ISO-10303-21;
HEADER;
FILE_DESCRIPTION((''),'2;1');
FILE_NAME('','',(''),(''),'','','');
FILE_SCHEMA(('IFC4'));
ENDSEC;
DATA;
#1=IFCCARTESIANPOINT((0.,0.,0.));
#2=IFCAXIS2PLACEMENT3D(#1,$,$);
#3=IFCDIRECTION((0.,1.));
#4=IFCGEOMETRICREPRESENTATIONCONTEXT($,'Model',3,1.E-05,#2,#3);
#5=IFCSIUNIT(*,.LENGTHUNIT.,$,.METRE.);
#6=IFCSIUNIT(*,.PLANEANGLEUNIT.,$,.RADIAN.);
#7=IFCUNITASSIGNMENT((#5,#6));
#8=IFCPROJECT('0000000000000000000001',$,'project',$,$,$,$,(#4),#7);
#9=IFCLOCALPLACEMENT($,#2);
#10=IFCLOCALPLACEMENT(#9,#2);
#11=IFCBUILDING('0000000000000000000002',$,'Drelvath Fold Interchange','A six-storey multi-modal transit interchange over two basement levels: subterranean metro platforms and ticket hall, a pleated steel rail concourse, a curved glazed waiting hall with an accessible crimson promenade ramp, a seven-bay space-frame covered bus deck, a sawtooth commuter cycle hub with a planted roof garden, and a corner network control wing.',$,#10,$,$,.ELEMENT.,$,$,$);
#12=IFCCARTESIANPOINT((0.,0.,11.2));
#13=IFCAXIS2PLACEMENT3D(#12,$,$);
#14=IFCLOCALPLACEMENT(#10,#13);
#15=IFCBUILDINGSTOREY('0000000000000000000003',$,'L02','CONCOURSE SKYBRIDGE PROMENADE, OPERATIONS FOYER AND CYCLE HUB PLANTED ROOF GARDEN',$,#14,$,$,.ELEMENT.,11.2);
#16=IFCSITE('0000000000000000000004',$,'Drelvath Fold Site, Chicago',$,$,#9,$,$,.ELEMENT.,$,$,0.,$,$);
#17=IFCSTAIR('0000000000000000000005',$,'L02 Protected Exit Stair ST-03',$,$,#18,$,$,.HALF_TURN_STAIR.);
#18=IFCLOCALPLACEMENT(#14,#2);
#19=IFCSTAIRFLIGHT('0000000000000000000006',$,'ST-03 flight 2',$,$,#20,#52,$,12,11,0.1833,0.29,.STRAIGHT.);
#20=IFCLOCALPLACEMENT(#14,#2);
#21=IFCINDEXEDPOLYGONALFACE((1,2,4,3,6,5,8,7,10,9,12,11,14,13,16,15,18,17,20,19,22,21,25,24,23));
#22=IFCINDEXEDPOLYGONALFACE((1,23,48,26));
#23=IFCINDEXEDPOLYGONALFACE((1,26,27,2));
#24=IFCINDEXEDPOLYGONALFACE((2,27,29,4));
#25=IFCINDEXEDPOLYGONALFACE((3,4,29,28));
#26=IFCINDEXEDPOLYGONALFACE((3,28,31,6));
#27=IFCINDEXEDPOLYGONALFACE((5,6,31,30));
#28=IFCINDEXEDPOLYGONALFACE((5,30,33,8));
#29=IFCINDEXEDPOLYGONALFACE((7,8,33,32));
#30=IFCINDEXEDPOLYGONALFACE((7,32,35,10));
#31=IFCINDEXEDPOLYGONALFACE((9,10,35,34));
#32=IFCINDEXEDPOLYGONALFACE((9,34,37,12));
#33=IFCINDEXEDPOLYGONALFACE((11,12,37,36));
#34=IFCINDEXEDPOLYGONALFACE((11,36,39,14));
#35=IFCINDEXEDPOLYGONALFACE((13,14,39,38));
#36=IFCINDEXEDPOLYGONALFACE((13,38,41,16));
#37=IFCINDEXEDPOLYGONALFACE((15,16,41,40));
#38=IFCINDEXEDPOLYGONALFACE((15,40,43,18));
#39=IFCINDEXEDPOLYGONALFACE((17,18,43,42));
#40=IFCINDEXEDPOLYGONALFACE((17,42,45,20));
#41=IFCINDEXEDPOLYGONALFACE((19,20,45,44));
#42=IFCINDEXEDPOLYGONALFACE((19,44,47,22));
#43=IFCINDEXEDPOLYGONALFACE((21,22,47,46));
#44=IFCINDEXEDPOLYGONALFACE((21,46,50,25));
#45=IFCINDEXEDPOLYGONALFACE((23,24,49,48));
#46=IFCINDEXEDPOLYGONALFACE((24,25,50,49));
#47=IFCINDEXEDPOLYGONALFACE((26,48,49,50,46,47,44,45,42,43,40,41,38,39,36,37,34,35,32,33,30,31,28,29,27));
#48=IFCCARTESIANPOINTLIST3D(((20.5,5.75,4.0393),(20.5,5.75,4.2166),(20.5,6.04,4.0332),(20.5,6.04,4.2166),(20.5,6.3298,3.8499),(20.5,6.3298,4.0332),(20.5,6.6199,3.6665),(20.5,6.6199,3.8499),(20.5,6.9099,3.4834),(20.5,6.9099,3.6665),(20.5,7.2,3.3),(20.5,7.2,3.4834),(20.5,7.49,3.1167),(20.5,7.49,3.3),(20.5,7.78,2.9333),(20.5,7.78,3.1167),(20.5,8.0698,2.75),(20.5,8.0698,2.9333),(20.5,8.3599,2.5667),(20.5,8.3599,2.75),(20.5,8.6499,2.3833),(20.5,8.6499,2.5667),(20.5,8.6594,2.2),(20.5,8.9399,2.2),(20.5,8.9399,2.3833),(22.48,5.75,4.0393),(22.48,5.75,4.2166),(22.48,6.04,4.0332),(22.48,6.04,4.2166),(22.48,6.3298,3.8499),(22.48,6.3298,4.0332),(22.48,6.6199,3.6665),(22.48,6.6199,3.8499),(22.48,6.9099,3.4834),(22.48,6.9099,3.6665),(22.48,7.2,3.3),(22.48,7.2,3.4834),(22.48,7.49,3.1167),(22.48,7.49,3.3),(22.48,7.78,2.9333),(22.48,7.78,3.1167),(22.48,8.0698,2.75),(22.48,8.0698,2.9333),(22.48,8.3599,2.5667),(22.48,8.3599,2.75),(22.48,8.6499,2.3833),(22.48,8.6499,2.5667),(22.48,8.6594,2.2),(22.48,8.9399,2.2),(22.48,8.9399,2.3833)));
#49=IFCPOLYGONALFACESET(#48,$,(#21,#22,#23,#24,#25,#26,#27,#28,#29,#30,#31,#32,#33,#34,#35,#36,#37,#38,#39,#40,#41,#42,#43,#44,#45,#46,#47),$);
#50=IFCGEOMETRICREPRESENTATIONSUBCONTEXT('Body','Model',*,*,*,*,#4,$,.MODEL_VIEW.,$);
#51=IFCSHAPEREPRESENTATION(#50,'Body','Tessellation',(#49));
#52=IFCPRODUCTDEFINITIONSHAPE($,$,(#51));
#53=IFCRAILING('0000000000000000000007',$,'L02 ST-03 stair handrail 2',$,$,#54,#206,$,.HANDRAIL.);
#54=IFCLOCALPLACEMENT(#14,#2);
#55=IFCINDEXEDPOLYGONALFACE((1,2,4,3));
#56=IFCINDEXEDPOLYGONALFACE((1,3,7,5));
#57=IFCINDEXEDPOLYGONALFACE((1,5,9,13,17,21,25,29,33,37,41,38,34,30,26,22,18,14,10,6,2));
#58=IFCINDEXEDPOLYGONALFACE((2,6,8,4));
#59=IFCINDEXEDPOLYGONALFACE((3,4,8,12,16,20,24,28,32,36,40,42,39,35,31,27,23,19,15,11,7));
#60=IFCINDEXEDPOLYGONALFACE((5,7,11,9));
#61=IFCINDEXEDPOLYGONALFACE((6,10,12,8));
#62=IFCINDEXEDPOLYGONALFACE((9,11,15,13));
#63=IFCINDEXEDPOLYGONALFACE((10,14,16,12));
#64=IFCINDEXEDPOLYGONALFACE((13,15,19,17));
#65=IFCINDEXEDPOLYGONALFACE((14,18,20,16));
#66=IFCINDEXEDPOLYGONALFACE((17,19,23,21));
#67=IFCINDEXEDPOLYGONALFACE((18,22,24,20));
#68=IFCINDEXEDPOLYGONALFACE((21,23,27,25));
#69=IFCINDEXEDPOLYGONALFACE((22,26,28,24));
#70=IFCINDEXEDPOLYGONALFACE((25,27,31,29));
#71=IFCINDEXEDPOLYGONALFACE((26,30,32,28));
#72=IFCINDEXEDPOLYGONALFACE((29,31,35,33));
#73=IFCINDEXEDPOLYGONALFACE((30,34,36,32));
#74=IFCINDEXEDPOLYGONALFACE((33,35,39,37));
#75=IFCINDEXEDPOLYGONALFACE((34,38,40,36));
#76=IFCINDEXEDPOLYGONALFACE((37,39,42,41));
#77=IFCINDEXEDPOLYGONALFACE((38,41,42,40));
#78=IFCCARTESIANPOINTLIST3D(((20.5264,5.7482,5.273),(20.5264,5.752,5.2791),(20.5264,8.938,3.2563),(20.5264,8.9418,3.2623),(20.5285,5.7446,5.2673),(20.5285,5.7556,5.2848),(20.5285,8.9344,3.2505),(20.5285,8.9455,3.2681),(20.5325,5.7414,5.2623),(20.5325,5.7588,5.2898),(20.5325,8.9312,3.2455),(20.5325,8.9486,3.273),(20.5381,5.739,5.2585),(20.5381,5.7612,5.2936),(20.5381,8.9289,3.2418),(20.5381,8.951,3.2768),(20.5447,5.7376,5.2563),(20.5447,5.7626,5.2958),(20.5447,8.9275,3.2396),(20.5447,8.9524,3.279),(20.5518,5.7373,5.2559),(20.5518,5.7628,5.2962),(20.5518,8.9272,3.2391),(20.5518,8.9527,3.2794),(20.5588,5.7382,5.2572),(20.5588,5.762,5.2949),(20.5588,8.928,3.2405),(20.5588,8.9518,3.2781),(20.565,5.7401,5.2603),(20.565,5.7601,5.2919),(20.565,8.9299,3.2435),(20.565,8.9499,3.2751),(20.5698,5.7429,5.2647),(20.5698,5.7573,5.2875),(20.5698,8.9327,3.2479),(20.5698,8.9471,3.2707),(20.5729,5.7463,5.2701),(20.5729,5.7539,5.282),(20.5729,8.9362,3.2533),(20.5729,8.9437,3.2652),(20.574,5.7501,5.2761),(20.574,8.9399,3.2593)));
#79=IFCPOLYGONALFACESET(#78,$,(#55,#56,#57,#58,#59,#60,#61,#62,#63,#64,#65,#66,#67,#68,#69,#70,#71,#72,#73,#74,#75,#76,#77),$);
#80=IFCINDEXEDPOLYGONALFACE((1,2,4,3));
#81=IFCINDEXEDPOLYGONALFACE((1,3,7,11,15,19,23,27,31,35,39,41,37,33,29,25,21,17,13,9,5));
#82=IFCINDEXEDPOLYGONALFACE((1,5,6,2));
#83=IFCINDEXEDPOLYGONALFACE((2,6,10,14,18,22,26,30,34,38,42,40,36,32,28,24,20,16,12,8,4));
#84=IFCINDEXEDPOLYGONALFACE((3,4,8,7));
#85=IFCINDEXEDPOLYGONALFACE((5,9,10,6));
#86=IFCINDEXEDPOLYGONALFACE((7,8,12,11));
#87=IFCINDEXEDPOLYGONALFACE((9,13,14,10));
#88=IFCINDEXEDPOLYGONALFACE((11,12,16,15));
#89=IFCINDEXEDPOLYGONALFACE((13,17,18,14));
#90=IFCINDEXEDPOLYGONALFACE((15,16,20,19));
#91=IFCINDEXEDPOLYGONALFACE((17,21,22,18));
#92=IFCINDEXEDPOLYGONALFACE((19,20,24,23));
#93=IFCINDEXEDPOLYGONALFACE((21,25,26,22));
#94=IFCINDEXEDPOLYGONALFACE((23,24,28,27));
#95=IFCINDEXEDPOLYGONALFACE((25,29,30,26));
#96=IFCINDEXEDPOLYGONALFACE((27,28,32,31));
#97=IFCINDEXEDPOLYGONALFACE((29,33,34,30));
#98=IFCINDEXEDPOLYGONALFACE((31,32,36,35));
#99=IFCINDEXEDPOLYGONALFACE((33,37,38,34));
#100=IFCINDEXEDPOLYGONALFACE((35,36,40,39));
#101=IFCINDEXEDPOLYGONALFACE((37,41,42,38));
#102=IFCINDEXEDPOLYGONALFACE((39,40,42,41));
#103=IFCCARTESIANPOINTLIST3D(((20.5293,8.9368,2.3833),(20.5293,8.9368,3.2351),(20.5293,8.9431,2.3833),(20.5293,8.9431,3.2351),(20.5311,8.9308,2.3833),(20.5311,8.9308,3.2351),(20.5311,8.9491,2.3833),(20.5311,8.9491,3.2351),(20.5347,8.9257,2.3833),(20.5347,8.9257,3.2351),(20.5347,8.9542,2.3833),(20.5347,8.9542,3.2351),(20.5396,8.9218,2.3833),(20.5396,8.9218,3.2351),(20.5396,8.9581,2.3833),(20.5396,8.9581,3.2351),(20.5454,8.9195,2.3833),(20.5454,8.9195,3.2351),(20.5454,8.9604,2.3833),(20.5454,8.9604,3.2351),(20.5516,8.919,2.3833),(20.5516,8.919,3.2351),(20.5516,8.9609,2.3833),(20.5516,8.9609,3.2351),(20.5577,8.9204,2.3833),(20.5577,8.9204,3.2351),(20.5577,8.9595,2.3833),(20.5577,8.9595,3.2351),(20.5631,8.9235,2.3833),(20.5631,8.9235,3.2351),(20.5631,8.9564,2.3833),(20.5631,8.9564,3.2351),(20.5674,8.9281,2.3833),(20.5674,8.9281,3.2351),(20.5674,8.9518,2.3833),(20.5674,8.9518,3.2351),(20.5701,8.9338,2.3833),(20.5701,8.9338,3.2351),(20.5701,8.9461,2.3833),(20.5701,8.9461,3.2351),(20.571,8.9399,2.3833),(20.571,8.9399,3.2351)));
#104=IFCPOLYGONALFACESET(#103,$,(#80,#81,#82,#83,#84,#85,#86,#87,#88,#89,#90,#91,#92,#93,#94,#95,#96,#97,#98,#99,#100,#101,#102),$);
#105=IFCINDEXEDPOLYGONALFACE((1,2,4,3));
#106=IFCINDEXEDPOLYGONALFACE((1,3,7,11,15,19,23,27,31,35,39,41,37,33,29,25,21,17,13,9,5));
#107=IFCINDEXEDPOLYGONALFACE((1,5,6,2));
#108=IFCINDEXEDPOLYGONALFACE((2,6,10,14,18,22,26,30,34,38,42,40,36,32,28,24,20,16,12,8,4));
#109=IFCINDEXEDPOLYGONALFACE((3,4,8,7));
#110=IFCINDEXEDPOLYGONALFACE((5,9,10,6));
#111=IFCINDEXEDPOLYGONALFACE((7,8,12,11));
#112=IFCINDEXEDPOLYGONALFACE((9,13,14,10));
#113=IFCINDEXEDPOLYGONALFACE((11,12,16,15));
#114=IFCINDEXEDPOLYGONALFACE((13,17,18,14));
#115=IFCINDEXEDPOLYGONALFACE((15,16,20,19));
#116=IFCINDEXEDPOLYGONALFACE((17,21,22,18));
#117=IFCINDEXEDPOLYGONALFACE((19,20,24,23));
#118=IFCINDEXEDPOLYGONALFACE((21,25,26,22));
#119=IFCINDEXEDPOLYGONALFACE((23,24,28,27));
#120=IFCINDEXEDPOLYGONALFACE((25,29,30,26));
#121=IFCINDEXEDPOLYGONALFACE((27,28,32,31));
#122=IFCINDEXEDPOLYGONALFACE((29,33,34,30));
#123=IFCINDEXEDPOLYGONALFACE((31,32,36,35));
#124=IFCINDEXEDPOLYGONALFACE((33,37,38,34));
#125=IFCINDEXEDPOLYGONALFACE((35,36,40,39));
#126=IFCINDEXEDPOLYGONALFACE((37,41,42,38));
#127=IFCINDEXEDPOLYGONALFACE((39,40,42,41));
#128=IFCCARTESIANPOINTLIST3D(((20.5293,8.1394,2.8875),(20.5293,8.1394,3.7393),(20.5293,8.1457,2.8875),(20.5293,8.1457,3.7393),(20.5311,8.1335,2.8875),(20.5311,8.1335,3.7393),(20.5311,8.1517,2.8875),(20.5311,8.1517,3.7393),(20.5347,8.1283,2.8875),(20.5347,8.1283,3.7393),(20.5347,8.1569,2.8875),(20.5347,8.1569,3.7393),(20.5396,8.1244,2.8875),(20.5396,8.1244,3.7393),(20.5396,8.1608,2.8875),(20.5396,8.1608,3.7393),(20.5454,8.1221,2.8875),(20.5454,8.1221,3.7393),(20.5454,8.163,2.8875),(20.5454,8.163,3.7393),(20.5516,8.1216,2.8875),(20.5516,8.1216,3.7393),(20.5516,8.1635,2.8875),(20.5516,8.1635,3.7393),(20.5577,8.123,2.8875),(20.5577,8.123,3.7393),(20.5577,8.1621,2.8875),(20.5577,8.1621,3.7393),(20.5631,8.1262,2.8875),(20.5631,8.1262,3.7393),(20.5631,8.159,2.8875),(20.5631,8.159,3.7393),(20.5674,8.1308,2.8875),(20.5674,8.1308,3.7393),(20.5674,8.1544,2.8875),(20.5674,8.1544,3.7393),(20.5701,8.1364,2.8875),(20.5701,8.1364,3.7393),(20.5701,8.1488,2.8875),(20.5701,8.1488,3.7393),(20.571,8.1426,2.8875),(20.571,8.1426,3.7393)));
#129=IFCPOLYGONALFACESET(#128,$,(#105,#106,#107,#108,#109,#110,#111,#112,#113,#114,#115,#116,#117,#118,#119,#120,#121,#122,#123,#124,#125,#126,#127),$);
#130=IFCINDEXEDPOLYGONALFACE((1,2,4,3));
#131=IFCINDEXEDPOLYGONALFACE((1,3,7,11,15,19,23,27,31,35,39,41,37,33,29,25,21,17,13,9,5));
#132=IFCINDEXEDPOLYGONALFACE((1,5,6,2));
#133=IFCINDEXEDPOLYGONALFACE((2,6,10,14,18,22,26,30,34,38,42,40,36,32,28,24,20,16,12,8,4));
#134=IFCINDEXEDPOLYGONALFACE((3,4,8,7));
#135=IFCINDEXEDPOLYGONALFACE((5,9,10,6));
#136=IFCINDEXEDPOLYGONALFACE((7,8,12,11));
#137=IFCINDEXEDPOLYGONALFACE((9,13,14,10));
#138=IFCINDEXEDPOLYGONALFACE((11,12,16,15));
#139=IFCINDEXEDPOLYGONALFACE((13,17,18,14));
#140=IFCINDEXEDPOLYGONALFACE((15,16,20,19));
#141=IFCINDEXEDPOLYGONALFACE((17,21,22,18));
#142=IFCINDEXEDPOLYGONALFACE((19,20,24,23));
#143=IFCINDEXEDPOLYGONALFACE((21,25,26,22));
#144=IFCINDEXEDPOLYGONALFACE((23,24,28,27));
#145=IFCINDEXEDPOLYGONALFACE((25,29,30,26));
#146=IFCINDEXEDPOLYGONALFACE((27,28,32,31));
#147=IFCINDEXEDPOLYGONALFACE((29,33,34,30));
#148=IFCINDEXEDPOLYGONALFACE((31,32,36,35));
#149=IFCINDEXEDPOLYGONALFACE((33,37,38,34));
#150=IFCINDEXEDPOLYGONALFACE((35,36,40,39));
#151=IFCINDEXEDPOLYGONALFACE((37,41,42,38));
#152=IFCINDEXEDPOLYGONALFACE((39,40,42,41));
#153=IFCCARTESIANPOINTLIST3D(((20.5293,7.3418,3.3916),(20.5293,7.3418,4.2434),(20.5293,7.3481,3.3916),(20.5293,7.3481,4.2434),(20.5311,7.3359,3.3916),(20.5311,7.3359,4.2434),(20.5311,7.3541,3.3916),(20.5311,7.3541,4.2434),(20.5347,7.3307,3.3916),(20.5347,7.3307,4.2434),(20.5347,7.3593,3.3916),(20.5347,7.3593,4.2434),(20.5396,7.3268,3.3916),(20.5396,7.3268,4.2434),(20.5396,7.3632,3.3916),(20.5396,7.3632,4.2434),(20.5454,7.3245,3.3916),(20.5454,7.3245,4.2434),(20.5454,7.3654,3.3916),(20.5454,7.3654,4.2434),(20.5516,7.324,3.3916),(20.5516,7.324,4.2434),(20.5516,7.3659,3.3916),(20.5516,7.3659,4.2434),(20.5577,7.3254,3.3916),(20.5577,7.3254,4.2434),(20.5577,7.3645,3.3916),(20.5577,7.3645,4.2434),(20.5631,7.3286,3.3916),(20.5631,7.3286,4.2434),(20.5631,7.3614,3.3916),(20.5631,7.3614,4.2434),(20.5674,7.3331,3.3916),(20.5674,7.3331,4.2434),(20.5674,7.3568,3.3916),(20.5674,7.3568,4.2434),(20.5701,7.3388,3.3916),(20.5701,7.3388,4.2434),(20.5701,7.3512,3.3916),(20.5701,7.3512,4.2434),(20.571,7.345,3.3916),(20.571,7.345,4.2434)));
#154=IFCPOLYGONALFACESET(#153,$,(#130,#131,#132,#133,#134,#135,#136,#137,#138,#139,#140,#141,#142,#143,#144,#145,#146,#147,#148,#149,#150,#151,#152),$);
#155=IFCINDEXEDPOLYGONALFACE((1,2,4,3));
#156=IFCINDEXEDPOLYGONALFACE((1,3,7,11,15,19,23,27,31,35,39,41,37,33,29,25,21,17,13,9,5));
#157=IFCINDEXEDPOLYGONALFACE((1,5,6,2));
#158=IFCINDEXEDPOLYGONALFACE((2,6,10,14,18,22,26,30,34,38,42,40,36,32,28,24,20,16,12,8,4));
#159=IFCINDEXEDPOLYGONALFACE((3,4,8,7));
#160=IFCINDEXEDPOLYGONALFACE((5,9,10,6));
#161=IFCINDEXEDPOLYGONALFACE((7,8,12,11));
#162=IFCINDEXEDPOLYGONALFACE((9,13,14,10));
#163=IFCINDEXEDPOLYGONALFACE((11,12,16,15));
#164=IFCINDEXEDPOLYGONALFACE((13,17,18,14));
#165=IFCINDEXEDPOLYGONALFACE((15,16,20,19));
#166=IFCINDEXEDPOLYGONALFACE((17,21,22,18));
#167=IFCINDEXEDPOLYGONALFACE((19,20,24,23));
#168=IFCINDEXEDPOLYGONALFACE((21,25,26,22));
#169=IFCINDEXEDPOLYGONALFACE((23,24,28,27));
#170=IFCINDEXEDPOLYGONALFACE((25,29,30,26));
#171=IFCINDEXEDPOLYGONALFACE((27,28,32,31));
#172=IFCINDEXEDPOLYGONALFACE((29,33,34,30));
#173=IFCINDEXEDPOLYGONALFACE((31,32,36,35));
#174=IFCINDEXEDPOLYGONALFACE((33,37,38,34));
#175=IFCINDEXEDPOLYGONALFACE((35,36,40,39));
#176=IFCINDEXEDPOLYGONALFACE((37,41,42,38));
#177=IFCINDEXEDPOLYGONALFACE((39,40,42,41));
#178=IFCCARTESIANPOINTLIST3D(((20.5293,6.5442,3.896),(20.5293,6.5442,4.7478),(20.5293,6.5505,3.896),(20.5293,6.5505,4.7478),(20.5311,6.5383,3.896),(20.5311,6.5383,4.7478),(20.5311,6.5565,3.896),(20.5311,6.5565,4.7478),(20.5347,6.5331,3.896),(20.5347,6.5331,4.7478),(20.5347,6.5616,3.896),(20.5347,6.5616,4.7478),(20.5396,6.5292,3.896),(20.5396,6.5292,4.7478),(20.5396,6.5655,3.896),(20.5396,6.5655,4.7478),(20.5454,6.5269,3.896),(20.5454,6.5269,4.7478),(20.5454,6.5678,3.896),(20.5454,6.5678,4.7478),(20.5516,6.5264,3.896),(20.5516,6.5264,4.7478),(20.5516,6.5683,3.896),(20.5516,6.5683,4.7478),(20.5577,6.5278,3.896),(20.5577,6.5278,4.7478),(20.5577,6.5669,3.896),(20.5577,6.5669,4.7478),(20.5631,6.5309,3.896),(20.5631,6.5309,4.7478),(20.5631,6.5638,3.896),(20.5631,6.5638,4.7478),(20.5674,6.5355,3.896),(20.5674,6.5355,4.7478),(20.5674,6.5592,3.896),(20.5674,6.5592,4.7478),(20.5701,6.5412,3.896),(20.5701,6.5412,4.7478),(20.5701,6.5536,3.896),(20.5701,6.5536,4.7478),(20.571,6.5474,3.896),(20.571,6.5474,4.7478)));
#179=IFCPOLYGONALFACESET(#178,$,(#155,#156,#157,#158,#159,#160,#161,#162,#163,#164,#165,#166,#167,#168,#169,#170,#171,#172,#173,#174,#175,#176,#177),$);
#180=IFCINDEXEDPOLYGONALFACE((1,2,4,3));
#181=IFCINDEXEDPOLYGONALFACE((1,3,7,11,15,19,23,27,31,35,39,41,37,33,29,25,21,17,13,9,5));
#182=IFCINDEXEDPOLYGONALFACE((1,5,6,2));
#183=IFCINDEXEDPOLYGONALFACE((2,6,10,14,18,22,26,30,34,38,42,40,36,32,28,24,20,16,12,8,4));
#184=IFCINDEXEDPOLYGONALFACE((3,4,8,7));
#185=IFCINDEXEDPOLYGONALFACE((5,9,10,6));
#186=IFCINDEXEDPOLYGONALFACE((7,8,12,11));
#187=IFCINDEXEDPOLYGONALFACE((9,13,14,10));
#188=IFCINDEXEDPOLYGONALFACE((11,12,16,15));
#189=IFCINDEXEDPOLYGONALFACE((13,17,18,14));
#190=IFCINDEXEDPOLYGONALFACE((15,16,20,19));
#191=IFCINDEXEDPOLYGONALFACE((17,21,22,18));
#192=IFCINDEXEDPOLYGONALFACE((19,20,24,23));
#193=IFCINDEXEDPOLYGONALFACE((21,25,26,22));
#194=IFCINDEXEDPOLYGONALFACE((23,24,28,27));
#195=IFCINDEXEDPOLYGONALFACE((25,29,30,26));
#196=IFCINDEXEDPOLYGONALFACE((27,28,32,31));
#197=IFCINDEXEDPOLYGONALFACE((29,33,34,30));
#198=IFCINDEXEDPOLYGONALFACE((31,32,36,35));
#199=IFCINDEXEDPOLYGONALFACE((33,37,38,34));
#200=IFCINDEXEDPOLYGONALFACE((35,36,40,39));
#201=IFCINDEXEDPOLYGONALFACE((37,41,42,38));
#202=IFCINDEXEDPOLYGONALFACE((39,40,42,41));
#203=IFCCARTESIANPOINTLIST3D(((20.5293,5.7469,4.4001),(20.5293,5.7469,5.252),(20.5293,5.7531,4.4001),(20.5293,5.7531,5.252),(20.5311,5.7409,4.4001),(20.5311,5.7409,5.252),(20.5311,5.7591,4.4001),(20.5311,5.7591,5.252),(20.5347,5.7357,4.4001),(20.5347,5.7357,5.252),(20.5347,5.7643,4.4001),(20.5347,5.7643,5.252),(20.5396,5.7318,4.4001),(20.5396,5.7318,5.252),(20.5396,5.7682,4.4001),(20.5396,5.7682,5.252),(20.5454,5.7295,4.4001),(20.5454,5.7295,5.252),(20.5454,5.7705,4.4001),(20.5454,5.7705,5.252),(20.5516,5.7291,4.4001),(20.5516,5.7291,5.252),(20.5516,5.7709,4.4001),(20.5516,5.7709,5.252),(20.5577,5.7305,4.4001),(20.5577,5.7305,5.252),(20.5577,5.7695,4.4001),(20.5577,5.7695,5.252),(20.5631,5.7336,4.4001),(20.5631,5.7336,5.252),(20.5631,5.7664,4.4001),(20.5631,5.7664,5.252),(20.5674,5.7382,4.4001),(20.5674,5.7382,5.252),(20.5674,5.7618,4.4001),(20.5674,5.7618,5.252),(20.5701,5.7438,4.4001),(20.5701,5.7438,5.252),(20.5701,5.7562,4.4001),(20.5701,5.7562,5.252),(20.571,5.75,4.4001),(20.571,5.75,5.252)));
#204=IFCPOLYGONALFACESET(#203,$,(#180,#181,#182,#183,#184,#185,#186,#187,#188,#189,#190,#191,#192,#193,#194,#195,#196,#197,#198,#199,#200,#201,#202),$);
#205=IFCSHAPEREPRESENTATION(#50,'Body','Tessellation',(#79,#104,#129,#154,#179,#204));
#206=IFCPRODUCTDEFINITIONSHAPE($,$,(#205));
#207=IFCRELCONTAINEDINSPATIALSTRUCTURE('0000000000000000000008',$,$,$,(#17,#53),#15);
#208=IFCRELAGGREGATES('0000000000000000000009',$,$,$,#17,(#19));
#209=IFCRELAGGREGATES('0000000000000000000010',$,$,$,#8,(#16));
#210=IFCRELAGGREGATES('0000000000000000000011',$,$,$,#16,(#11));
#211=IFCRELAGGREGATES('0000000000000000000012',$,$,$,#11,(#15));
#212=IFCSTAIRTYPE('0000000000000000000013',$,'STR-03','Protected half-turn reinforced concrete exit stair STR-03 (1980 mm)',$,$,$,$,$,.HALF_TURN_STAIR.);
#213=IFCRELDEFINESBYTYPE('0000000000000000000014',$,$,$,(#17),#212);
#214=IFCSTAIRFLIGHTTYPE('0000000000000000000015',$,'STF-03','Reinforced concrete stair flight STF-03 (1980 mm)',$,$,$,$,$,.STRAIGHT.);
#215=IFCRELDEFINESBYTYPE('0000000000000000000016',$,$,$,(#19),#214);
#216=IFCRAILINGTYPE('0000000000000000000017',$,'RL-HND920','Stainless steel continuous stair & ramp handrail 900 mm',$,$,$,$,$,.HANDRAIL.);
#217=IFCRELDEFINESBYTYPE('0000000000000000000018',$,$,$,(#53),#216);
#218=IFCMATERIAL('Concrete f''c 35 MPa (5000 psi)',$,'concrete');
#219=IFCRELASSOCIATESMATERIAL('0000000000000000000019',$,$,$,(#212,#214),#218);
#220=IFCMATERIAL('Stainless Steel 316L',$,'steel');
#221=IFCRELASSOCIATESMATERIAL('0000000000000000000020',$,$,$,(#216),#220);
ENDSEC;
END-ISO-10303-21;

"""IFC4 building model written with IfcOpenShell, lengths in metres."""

from ifc_helpers import new_model, si_unit, direction, frame, origin, origin_2d, place, context, subcontext, project, spatial, polyline, circle, outline, extrude, material, type_object, element, aggregate, save


model = new_model("IFC4")

# Units and contexts
model_context = context("Model", 3, precision=1e-05, world=origin(), true_north=direction((0.0, 1.0)))
body_context = subcontext(model_context, "Body", "Model", "MODEL_VIEW")
ifc_project = project(units=[si_unit("LENGTHUNIT", "METRE"), si_unit("PLANEANGLEUNIT", "RADIAN")], contexts=[model_context])

# Site, building, storey
site_placement = place(None, origin())
site = spatial("IfcSite", under=ifc_project, at=site_placement, Name="Drelvath Fold Site, Chicago", CompositionType="ELEMENT", RefElevation=0.0)
building_placement = place(site_placement, origin())
building = spatial("IfcBuilding", under=site, at=building_placement, Name="Drelvath Fold Interchange", Description="A six-storey multi-modal transit interchange over two basement levels: subterranean metro platforms and ticket hall, a pleated steel rail concourse, a curved glazed waiting hall with an accessible crimson promenade ramp, a seven-bay space-frame covered bus deck, a sawtooth commuter cycle hub with a planted roof garden, and a corner network control wing.", CompositionType="ELEMENT")
storey_placement = place(building_placement, frame((0.0, 0.0, 11.2)))
storey = spatial("IfcBuildingStorey", under=building, at=storey_placement, Name="L02", Description="CONCOURSE SKYBRIDGE PROMENADE, OPERATIONS FOYER AND CYCLE HUB PLANTED ROOF GARDEN", CompositionType="ELEMENT", Elevation=11.2)

# Stair, stair flight
ifc_material_1 = material(Name="Concrete f'c 35 MPa (5000 psi)", Category="concrete")
stair_type = type_object("IfcStairType", Name="STR-03", Description="Protected half-turn reinforced concrete exit stair STR-03 (1980 mm)", PredefinedType="HALF_TURN_STAIR", material=ifc_material_1)
stair_placement = place(storey_placement, origin())
stair = element("IfcStair", 1, at=stair_placement, inside=storey, type_object=stair_type, Name="L02 Protected Exit Stair ST-03", PredefinedType="HALF_TURN_STAIR")
stair_flight_type = type_object("IfcStairFlightType", Name="STF-03", Description="Reinforced concrete stair flight STF-03 (1980 mm)", PredefinedType="STRAIGHT", material=ifc_material_1)
stair_flight_placement = place(storey_placement, frame((21.49, 8.9399, 2.2), z_axis=(0.0, 0.0, 1.0), x_axis=(0.0, -1.0, 0.0)))
stair_flight = element("IfcStairFlight", 2, at=stair_flight_placement, type_object=stair_flight_type, Name="ST-03 flight 2", NumberOfRisers=12, NumberOfTreads=11, PredefinedType="STRAIGHT", RiserHeight=0.1833, TreadLength=0.29, context=body_context, shape_type="SweptSolid", body=[
    extrude(outline(polyline([(0.0, 0.0), (0.0, 0.1833), (0.29, 0.1833), (0.29, 0.3667), (0.5801, 0.3667), (0.5801, 0.55), (0.8701, 0.55), (0.8701, 0.7334), (1.1599, 0.7334), (1.1599, 0.9167), (1.45, 0.9167), (1.45, 1.1001), (1.74, 1.1001), (1.74, 1.2834), (2.03, 1.2834), (2.03, 1.4666), (2.3201, 1.4666), (2.3201, 1.6499), (2.6101, 1.6499), (2.6101, 1.8333), (2.8999, 1.8333), (2.8999, 2.0166), (3.1899, 2.0166), (3.1899, 2.2), (3.1899, 1.8394), (0.2805, 0.0), (0.0, 0.0)])), frame((0.0, 0.99, 0.0), z_axis=(0.0, -1.0, 0.0), x_axis=(1.0, 0.0, 0.0)), (0.0, 0.0, 1.0), 1.98),
])
aggregate(stair, [stair_flight])

# Railing
ifc_material_2 = material(Name="Stainless Steel 316L", Category="steel")
railing_type = type_object("IfcRailingType", Name="RL-HND920", Description="Stainless steel continuous stair & ramp handrail 900 mm", PredefinedType="HANDRAIL", material=ifc_material_2)
railing_placement = place(storey_placement, frame((20.55, 8.9399, 2.3833)))
element("IfcRailing", 3, at=railing_placement, inside=storey, type_object=railing_type, Name="L02 ST-03 stair handrail 2", PredefinedType="HANDRAIL", context=body_context, shape_type="SweptSolid", body=[
    extrude(circle(Radius=0.0239, at=origin_2d()), frame((0.0, 0.0, 0.876), z_axis=(0.0, -0.845232, 0.534399), x_axis=(1.0, 0.0, 0.0)), (0.0, 0.0, 1.0), 3.7739),
    extrude(circle(Radius=0.021, at=origin_2d()), origin(), (0.0, 0.0, 1.0), 0.8518),
    extrude(circle(Radius=0.021, at=origin_2d()), frame((0.0, -0.7974, 0.5042)), (0.0, 0.0, 1.0), 0.8518),
    extrude(circle(Radius=0.021, at=origin_2d()), frame((0.0, -1.595, 1.0083)), (0.0, 0.0, 1.0), 0.8518),
    extrude(circle(Radius=0.021, at=origin_2d()), frame((0.0, -2.3926, 1.5127)), (0.0, 0.0, 1.0), 0.8518),
    extrude(circle(Radius=0.021, at=origin_2d()), frame((0.0, -3.1899, 2.0168)), (0.0, 0.0, 1.0), 0.8518),
])

save(model, "model.ifc")
